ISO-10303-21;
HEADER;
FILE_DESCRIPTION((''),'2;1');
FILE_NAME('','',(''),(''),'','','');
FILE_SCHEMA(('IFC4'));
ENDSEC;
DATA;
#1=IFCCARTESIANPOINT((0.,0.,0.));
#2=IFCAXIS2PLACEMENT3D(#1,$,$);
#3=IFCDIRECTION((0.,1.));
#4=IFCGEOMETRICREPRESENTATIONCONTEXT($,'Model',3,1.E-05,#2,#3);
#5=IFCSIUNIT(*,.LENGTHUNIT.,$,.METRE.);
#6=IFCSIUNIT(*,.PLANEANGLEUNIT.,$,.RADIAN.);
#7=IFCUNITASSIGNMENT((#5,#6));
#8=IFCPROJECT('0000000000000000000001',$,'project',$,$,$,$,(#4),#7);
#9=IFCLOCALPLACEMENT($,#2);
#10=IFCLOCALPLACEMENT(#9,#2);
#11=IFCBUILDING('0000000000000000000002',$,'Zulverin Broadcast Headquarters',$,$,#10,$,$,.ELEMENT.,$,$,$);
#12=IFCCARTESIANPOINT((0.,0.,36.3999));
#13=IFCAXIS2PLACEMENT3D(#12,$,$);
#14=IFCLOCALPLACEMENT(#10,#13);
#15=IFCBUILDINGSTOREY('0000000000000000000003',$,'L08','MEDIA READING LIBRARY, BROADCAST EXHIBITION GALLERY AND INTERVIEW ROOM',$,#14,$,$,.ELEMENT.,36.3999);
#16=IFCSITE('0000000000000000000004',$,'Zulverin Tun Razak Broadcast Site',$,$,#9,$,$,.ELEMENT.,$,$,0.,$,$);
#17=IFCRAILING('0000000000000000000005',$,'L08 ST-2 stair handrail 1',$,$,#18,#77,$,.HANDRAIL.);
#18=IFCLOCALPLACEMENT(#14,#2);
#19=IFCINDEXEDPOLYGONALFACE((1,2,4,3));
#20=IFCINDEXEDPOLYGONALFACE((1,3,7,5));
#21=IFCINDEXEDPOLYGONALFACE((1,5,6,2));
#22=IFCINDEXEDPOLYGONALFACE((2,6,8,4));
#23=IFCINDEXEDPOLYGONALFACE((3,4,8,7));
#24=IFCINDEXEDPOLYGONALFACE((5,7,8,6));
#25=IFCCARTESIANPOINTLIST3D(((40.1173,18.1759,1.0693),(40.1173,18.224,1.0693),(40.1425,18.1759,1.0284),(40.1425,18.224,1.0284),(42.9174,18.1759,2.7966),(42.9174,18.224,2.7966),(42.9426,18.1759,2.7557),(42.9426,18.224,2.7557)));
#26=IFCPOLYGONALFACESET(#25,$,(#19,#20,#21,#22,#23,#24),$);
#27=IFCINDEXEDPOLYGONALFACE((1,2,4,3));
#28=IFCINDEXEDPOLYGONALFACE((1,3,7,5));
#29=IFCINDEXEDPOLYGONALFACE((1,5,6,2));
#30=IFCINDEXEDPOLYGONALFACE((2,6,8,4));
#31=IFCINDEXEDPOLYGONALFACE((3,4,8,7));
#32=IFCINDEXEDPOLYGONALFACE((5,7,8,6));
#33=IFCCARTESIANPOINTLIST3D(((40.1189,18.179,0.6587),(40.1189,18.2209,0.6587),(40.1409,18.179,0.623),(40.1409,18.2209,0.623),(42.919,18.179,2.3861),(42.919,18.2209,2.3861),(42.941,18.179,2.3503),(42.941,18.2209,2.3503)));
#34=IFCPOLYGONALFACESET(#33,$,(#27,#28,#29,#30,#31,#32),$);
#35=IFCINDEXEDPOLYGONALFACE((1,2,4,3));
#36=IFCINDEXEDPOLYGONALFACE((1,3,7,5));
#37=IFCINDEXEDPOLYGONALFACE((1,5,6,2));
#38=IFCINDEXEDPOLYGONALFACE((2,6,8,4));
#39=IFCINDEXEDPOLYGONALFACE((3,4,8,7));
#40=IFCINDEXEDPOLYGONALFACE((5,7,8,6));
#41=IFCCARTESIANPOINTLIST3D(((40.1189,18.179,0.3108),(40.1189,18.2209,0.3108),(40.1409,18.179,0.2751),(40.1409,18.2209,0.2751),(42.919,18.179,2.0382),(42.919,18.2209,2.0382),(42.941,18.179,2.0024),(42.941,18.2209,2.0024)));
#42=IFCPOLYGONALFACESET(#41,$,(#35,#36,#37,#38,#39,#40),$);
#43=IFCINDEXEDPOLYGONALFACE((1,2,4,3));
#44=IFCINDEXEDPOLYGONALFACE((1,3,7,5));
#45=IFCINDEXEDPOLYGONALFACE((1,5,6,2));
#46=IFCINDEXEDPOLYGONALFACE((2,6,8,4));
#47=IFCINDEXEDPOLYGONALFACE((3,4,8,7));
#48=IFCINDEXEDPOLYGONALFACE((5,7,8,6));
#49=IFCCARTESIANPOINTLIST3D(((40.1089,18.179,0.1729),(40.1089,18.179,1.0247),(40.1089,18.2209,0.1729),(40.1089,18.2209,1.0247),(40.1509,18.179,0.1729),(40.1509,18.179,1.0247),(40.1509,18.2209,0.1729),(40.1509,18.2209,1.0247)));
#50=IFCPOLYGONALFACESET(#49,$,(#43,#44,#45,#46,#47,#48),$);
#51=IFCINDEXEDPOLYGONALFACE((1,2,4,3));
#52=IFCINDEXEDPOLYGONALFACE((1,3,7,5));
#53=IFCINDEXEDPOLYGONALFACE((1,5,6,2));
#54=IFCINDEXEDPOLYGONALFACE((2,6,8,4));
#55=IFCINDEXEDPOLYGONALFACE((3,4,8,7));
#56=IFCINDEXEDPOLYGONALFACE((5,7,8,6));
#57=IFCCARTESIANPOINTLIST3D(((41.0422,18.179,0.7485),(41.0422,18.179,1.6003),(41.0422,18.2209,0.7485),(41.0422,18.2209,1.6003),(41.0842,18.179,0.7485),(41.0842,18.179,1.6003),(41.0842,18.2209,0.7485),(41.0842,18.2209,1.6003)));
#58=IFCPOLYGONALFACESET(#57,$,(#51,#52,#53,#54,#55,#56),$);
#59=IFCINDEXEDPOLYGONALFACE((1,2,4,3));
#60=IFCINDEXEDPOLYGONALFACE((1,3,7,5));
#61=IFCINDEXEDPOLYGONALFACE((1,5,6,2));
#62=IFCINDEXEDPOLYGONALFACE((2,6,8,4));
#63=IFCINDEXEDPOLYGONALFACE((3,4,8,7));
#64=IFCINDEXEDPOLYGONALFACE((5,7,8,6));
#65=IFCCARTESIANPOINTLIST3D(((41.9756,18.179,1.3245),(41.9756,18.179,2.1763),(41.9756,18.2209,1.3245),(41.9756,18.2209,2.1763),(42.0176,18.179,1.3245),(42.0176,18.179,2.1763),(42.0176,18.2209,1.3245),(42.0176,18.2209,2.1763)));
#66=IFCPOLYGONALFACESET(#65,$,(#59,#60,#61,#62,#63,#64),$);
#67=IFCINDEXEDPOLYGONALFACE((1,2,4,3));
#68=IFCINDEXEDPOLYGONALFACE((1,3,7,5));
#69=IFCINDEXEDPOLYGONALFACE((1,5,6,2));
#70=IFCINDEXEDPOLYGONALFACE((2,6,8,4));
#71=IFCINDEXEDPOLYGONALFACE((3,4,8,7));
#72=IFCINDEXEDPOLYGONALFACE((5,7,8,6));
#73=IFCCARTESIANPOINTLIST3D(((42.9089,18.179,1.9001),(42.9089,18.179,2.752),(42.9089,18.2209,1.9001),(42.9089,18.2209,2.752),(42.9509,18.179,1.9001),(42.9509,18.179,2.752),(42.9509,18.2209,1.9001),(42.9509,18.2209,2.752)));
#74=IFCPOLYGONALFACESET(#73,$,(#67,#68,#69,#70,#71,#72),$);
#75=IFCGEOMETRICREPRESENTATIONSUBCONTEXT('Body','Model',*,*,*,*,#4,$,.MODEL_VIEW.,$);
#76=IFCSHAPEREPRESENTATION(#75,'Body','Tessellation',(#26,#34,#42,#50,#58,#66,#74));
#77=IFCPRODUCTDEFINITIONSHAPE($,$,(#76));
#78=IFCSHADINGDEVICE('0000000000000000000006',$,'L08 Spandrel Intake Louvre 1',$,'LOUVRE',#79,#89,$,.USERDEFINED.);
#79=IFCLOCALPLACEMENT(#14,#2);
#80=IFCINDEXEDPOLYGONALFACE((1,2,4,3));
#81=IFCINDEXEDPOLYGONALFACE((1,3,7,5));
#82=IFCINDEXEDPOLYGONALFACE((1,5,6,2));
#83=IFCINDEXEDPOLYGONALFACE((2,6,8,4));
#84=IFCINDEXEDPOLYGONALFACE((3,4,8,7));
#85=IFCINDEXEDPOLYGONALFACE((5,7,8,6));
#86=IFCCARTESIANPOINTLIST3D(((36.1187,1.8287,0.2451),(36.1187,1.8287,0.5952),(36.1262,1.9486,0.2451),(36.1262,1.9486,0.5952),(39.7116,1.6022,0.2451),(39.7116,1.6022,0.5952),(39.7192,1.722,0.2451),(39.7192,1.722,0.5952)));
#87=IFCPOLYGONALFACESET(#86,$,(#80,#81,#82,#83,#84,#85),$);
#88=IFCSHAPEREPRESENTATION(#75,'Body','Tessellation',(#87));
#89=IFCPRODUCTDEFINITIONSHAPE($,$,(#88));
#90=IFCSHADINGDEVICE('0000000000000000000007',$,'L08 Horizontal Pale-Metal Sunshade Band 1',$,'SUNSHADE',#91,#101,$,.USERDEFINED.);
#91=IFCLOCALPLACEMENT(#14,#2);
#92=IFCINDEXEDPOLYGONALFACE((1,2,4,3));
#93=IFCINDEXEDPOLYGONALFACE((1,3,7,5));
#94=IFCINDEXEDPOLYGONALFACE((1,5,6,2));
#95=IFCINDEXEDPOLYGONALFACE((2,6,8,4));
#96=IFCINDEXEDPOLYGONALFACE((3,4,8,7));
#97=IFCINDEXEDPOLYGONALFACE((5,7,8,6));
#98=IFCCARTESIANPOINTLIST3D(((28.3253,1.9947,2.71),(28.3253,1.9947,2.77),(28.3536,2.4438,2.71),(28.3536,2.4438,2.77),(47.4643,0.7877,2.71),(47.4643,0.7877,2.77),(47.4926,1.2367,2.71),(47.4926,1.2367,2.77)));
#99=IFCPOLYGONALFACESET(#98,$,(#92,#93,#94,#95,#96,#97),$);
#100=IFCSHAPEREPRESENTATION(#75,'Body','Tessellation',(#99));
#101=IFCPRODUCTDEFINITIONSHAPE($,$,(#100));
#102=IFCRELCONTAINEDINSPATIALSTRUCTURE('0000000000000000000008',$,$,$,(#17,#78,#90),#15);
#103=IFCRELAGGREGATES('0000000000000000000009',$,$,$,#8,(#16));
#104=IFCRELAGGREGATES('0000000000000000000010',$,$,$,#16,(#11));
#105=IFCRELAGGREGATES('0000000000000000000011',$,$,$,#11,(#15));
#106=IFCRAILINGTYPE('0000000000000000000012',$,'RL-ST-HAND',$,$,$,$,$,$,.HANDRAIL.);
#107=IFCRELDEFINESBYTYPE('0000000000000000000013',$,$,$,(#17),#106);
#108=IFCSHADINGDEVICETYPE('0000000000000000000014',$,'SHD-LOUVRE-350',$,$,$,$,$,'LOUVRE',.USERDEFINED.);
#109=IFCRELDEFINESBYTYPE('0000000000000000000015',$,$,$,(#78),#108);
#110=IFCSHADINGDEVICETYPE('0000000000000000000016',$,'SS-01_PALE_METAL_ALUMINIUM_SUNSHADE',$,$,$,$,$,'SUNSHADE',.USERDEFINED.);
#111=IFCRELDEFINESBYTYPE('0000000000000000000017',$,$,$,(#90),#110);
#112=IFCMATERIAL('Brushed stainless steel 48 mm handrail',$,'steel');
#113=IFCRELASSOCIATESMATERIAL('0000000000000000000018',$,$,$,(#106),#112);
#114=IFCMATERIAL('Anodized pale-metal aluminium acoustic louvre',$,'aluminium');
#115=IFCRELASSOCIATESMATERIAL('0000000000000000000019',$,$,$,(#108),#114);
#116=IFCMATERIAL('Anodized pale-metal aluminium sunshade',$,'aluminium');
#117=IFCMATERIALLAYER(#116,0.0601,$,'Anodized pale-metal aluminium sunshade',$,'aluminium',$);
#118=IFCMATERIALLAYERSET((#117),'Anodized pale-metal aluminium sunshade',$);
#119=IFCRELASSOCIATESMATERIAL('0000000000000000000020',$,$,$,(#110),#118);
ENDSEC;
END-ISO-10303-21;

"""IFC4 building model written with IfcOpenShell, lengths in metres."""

from ifc_helpers import new_model, si_unit, direction, frame, origin, origin_2d, place, context, subcontext, project, spatial, rectangle, extrude, material, layer, layer_set, type_object, element, save


model = new_model("IFC4")

# Units and contexts
model_context = context("Model", 3, precision=1e-05, world=origin(), true_north=direction((0.0, 1.0)))
body_context = subcontext(model_context, "Body", "Model", "MODEL_VIEW")
ifc_project = project(units=[si_unit("LENGTHUNIT", "METRE"), si_unit("PLANEANGLEUNIT", "RADIAN")], contexts=[model_context])

# Site, building, storey
site_placement = place(None, origin())
site = spatial("IfcSite", under=ifc_project, at=site_placement, Name="Zulverin Tun Razak Broadcast Site", CompositionType="ELEMENT", RefElevation=0.0)
building_placement = place(site_placement, origin())
building = spatial("IfcBuilding", under=site, at=building_placement, Name="Zulverin Broadcast Headquarters", CompositionType="ELEMENT")
storey_placement = place(building_placement, frame((0.0, 0.0, 36.3999)))
storey = spatial("IfcBuildingStorey", under=building, at=storey_placement, Name="L08", Description="MEDIA READING LIBRARY, BROADCAST EXHIBITION GALLERY AND INTERVIEW ROOM", CompositionType="ELEMENT", Elevation=36.3999)

# Railing
ifc_material_1 = material(Name="Brushed stainless steel 48 mm handrail", Category="steel")
railing_type_1 = type_object("IfcRailingType", Name="RL-ST-HAND", PredefinedType="HANDRAIL", material=ifc_material_1)
railing_1_placement = place(storey_placement, frame((40.1299, 18.2, 0.1729)))
element("IfcRailing", 1, at=railing_1_placement, inside=storey, type_object=railing_type_1, Name="L08 ST-2 stair handrail 1", PredefinedType="HANDRAIL", context=body_context, shape_type="SweptSolid", body=[
    extrude(rectangle(XDim=0.0481, YDim=0.0481, at=origin_2d()), frame((0.0, 0.0, 0.876), z_axis=(0.85109, 0.0, 0.52502), x_axis=(0.0, 1.0, 0.0)), (0.0, 0.0, 1.0), 3.29),
    extrude(rectangle(XDim=0.042, YDim=0.042, at=origin_2d()), frame((0.0, 0.0, 0.468), z_axis=(0.85109, 0.0, 0.52502), x_axis=(0.0, 1.0, 0.0)), (0.0, 0.0, 1.0), 3.29),
    extrude(rectangle(XDim=0.042, YDim=0.042, at=origin_2d()), frame((0.0, 0.0, 0.1201), z_axis=(0.85109, 0.0, 0.52502), x_axis=(0.0, 1.0, 0.0)), (0.0, 0.0, 1.0), 3.29),
    extrude(rectangle(XDim=0.042, YDim=0.042, at=origin_2d()), origin(), (0.0, 0.0, 1.0), 0.8518),
    extrude(rectangle(XDim=0.042, YDim=0.042, at=origin_2d()), frame((0.9333, 0.0, 0.5757)), (0.0, 0.0, 1.0), 0.8518),
    extrude(rectangle(XDim=0.042, YDim=0.042, at=origin_2d()), frame((1.8667, 0.0, 1.1516)), (0.0, 0.0, 1.0), 0.8518),
    extrude(rectangle(XDim=0.042, YDim=0.042, at=origin_2d()), frame((2.8, 0.0, 1.7273)), (0.0, 0.0, 1.0), 0.8518),
])

# Shading devices
ifc_material_2 = material(Name="Anodized pale-metal aluminium acoustic louvre", Category="aluminium")
shading_device_type_1 = type_object("IfcShadingDeviceType", Name="SHD-LOUVRE-350", ElementType="LOUVRE", PredefinedType="USERDEFINED", material=ifc_material_2)
shading_device_1_placement = place(storey_placement, frame((37.9189, 1.7754, 0.2451), z_axis=(0.0, 0.0, 1.0), x_axis=(0.998017, -0.062942, 0.0)))
element("IfcShadingDevice", 2, at=shading_device_1_placement, inside=storey, type_object=shading_device_type_1, Name="L08 Spandrel Intake Louvre 1", ObjectType="LOUVRE", PredefinedType="USERDEFINED", context=body_context, shape_type="SweptSolid", body=[
    extrude(rectangle(XDim=3.6001, YDim=0.1201, at=origin_2d()), origin(), (0.0, 0.0, 1.0), 0.3501),
])
ifc_material_3 = material(Name="Anodized pale-metal aluminium sunshade", Category="aluminium")
ifc_layer_1 = layer(ifc_material_3, 0.0601, Name="Anodized pale-metal aluminium sunshade", Category="aluminium")
ifc_layer_set_1 = layer_set([ifc_layer_1], Name="Anodized pale-metal aluminium sunshade")
shading_device_type_2 = type_object("IfcShadingDeviceType", Name="SS-01_PALE_METAL_ALUMINIUM_SUNSHADE", ElementType="SUNSHADE", PredefinedType="USERDEFINED", material=ifc_layer_set_1)
shading_device_2_placement = place(storey_placement, frame((37.9089, 1.6157, 2.71), z_axis=(0.0, 0.0, 1.0), x_axis=(0.998017, -0.062942, 0.0)))
element("IfcShadingDevice", 3, at=shading_device_2_placement, inside=storey, type_object=shading_device_type_2, Name="L08 Horizontal Pale-Metal Sunshade Band 1", ObjectType="SUNSHADE", PredefinedType="USERDEFINED", context=body_context, shape_type="SweptSolid", body=[
    extrude(rectangle(XDim=19.177, YDim=0.45, at=origin_2d()), origin(), (0.0, 0.0, 1.0), 0.0601),
])

save(model, "model.ifc")
